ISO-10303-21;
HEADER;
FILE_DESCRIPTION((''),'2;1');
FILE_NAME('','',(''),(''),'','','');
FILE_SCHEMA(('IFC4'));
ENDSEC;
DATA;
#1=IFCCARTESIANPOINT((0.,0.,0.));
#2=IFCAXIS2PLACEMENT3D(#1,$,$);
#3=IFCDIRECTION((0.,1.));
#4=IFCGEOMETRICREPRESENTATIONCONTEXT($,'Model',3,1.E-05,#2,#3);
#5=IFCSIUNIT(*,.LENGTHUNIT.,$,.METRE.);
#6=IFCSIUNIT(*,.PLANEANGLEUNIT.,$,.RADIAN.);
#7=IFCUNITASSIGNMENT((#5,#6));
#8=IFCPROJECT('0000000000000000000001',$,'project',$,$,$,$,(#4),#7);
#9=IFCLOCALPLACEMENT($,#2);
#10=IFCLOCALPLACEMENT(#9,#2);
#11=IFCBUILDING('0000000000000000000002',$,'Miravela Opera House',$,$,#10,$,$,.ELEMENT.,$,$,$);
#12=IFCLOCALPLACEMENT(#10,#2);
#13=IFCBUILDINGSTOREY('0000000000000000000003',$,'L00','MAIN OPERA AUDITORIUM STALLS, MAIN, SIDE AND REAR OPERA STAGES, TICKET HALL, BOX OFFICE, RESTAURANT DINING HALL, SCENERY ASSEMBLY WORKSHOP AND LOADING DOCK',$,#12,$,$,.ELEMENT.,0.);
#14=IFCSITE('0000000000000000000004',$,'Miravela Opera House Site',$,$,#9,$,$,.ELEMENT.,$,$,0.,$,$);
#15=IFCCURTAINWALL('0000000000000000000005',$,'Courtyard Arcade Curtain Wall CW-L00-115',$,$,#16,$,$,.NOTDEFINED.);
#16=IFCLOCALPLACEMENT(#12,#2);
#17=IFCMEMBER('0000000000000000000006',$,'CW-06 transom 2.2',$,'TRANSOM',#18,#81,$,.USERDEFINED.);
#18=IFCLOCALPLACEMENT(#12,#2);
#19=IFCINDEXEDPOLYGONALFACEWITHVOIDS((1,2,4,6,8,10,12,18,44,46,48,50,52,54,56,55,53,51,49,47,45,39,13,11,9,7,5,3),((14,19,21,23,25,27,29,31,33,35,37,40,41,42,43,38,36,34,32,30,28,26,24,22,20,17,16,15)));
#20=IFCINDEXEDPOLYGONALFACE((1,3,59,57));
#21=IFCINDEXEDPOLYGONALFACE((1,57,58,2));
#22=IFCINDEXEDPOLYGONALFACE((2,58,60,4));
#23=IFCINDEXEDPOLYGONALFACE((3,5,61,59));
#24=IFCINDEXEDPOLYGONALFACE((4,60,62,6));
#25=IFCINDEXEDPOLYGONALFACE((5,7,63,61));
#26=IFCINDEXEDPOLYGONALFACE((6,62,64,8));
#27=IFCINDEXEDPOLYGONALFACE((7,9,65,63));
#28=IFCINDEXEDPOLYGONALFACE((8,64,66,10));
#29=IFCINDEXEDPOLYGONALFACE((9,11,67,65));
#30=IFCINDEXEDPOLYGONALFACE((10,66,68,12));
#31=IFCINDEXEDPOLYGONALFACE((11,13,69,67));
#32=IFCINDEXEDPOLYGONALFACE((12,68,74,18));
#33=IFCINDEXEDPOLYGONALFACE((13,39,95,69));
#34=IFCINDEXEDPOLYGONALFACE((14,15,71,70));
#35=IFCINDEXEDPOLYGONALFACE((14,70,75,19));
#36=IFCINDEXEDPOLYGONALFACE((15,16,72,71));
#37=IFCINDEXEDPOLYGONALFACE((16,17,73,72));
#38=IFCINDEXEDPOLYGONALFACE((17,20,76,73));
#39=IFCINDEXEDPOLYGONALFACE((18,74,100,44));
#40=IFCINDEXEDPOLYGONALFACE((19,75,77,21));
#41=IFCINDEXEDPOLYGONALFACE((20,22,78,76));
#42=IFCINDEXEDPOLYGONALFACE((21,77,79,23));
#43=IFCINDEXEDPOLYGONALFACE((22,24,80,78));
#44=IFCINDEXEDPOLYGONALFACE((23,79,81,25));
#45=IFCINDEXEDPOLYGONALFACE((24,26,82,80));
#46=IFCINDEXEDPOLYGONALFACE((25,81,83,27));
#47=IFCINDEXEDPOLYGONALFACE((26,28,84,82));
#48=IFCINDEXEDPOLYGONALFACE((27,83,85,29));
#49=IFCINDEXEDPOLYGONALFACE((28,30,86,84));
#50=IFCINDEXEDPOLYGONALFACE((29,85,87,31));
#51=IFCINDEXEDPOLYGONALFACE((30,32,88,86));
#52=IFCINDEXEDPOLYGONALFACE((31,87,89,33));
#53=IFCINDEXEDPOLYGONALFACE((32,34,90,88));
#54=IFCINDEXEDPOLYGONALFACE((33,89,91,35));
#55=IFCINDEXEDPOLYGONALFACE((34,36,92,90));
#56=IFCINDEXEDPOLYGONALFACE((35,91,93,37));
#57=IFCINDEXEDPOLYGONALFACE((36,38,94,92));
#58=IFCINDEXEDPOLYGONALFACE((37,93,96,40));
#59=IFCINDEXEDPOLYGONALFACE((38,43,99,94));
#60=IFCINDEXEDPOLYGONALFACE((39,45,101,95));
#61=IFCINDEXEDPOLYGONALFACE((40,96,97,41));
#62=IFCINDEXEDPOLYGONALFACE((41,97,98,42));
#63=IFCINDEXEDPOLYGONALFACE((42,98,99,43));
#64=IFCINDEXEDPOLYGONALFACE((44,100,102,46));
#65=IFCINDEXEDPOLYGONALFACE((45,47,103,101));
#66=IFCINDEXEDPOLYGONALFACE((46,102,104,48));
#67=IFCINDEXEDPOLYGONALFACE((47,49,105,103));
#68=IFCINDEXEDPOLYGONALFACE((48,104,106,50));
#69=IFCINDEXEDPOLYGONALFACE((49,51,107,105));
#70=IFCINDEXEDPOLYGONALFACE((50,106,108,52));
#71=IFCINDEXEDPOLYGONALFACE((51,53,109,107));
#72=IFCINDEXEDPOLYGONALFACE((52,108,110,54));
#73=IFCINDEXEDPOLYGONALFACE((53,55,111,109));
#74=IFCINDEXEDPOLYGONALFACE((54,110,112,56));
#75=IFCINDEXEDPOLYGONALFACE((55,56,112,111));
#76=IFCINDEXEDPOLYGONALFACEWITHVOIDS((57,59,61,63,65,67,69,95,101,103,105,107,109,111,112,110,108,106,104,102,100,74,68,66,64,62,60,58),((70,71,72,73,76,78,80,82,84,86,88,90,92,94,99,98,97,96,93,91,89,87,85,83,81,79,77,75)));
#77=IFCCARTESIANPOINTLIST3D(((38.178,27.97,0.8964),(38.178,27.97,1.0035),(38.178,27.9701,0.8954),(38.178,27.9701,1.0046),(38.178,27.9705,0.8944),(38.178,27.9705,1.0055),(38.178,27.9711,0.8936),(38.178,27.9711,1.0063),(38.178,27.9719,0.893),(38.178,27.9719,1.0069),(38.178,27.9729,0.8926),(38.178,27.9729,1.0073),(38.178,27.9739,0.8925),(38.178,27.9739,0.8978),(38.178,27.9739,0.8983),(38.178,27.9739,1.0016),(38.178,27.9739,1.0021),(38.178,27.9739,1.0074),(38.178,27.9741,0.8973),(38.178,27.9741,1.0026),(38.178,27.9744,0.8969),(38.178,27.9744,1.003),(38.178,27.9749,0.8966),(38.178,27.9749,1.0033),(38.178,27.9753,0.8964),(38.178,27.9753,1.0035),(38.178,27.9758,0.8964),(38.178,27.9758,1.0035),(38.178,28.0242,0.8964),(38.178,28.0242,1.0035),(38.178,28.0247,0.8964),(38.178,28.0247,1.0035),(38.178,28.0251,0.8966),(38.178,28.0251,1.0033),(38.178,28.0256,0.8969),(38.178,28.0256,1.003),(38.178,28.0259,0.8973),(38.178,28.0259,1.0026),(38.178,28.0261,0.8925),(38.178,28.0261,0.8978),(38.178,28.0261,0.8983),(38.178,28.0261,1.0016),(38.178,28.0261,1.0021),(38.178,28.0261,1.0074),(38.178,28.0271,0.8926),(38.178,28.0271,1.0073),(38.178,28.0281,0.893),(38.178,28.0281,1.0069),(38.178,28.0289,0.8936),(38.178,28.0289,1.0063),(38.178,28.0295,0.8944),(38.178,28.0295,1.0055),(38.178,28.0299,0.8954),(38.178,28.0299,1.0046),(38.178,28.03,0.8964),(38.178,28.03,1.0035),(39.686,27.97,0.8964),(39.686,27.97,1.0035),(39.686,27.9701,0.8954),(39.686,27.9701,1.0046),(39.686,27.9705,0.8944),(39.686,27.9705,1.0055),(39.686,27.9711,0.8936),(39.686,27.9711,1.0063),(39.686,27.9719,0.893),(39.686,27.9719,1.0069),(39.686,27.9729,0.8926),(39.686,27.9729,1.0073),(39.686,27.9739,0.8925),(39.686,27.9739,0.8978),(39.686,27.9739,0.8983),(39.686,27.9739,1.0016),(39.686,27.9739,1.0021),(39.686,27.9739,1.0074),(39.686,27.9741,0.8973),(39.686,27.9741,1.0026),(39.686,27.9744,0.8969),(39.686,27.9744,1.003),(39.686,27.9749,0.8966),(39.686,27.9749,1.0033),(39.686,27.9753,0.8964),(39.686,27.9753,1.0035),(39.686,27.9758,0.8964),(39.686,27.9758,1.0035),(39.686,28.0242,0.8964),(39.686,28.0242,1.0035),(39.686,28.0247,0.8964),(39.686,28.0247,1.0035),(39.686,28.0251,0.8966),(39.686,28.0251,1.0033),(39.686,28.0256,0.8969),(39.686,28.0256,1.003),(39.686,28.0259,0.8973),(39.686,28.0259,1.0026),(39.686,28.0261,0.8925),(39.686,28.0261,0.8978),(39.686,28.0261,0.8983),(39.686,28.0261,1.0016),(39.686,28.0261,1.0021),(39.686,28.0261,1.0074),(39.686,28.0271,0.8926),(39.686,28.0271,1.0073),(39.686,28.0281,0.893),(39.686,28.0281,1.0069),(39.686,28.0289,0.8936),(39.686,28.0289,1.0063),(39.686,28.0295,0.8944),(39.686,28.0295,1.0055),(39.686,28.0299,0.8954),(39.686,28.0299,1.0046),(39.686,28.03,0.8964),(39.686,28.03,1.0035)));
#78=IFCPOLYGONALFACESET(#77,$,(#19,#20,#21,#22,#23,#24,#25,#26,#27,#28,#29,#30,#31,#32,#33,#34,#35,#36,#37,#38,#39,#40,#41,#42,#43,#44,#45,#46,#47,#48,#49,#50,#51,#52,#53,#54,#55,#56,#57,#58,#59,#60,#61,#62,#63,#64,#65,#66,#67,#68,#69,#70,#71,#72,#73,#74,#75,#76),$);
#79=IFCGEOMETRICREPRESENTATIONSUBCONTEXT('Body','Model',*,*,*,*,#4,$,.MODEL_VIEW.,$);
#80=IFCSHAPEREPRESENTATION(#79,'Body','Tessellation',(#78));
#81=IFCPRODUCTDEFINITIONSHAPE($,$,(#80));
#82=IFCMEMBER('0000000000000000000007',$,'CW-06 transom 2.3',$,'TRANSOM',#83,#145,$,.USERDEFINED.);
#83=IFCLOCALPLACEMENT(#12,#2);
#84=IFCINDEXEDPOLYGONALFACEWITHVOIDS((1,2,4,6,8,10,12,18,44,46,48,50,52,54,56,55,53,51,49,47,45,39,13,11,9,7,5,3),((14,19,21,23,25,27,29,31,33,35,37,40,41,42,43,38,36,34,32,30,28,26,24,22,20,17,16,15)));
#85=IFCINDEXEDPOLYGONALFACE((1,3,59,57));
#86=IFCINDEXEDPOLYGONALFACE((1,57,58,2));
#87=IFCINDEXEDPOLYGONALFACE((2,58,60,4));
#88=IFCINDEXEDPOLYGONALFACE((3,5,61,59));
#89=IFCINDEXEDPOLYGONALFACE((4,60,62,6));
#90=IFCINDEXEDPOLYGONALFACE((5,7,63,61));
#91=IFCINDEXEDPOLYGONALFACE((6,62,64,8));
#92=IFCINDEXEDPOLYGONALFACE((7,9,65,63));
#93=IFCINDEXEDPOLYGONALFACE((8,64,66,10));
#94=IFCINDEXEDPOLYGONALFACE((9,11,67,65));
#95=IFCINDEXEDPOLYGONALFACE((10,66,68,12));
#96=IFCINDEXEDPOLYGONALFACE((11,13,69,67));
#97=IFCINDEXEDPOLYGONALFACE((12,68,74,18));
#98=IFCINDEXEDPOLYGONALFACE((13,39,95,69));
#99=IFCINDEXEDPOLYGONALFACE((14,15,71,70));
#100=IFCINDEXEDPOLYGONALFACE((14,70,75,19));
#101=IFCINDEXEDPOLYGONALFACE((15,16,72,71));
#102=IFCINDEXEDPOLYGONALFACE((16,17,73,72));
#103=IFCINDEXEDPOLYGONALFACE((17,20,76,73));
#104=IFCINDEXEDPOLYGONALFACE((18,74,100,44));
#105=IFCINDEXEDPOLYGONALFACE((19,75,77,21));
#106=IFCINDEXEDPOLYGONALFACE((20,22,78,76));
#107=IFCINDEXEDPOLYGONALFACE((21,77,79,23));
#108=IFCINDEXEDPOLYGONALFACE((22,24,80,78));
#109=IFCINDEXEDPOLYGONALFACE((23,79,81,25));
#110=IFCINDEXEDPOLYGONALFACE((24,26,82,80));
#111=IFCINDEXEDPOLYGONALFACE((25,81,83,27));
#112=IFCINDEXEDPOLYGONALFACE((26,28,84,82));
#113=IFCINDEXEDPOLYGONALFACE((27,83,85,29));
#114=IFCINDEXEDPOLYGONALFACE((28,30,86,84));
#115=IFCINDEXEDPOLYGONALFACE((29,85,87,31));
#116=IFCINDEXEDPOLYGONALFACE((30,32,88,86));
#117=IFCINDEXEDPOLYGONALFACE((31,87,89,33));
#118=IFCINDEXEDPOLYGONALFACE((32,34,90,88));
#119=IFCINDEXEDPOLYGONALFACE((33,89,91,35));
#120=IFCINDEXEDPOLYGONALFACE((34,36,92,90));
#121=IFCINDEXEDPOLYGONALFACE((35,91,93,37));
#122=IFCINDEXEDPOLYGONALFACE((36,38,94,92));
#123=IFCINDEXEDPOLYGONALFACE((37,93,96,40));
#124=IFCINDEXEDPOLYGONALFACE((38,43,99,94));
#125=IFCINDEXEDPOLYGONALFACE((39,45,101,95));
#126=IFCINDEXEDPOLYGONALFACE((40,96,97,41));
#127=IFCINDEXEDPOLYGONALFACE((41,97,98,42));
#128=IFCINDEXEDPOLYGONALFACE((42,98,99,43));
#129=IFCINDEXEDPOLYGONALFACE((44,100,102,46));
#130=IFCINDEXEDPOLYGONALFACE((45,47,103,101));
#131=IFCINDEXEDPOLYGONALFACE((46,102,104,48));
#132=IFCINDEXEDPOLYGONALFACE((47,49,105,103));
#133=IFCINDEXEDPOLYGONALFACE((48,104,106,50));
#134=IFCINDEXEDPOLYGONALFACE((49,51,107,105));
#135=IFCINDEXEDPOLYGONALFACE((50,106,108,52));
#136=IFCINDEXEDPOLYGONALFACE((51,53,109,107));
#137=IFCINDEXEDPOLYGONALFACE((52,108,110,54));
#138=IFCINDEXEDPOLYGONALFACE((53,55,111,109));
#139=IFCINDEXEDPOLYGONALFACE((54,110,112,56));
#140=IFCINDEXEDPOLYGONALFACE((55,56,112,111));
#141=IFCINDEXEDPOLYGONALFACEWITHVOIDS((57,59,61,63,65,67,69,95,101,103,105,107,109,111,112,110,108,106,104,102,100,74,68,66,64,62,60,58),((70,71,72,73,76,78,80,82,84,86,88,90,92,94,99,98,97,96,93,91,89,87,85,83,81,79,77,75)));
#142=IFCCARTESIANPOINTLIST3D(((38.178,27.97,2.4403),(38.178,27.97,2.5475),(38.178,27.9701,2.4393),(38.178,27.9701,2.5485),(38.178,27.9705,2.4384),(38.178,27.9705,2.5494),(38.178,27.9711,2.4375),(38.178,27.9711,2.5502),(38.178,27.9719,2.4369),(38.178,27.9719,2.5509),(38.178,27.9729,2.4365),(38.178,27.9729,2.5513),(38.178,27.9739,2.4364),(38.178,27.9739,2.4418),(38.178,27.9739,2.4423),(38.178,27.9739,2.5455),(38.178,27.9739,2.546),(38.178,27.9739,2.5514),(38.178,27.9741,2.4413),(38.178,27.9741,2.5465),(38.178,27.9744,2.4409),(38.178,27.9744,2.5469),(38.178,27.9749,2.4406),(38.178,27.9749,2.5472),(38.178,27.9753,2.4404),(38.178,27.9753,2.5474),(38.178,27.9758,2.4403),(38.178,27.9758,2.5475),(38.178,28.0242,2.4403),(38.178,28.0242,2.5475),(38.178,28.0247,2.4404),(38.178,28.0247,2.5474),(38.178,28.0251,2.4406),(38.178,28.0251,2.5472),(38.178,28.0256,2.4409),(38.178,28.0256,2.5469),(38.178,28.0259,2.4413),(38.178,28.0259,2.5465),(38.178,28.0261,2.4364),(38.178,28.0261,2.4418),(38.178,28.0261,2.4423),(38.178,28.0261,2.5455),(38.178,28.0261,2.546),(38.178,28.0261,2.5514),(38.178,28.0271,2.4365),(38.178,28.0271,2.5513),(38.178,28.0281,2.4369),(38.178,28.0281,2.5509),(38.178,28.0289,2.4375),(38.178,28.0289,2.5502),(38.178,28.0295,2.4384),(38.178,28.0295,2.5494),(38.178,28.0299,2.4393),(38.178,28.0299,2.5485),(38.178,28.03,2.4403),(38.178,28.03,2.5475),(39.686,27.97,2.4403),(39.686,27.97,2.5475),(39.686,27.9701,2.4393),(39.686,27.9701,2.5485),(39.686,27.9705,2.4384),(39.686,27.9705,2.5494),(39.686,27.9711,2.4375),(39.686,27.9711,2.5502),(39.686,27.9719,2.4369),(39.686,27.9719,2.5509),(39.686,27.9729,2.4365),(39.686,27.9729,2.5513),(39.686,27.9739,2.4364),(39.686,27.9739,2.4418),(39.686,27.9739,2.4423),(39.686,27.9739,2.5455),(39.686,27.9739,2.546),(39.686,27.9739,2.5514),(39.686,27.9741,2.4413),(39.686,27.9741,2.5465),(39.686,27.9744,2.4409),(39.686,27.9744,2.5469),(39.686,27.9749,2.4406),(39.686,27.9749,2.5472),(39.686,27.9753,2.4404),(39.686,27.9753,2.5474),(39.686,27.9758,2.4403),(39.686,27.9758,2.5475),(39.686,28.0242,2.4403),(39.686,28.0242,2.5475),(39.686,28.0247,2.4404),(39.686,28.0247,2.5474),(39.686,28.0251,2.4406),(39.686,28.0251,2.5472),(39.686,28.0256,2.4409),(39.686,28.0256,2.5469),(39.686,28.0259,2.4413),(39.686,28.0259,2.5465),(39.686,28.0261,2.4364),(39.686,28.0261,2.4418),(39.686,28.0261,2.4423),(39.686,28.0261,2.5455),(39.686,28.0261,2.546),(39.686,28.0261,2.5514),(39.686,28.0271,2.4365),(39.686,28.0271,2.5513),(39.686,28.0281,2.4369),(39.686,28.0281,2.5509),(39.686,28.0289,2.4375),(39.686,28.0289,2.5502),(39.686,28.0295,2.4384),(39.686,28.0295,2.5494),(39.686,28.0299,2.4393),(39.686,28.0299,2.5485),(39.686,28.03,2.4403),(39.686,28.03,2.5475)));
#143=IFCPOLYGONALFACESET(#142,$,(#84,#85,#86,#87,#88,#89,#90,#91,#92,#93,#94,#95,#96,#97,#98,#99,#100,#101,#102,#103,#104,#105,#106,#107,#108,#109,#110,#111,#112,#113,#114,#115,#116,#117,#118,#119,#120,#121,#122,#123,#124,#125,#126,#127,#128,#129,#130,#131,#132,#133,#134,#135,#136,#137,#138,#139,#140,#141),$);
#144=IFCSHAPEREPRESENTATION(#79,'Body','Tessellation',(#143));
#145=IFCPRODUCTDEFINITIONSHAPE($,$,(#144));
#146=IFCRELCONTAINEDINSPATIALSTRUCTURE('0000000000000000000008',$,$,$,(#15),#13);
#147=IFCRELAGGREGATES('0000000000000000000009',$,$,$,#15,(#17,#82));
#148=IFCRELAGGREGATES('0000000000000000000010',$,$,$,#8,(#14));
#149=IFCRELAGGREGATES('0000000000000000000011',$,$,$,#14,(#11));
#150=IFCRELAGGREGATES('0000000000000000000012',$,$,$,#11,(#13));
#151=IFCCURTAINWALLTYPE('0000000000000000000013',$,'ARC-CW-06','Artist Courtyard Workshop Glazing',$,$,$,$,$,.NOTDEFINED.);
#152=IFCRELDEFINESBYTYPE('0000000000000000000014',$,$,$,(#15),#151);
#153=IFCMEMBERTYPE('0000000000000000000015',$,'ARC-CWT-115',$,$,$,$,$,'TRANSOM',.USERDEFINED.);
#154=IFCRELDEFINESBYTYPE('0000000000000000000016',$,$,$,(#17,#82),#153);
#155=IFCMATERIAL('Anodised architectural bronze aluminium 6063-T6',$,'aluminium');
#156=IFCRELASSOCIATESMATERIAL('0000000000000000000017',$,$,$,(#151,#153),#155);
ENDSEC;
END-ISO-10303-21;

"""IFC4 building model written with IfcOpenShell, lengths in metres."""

from ifc_helpers import new_model, si_unit, direction, frame, origin, origin_2d, place, context, subcontext, project, spatial, hollow_rectangle, extrude, material, material_profile, profile_set, type_object, element, aggregate, save


model = new_model("IFC4")

# Units and contexts
model_context = context("Model", 3, precision=1e-05, world=origin(), true_north=direction((0.0, 1.0)))
body_context = subcontext(model_context, "Body", "Model", "MODEL_VIEW")
ifc_project = project(units=[si_unit("LENGTHUNIT", "METRE"), si_unit("PLANEANGLEUNIT", "RADIAN")], contexts=[model_context])

# Site, building, storey
site_placement = place(None, origin())
site = spatial("IfcSite", under=ifc_project, at=site_placement, Name="Miravela Opera House Site", CompositionType="ELEMENT", RefElevation=0.0)
building_placement = place(site_placement, origin())
building = spatial("IfcBuilding", under=site, at=building_placement, Name="Miravela Opera House", CompositionType="ELEMENT")
storey_placement = place(building_placement, origin())
storey = spatial("IfcBuildingStorey", under=building, at=storey_placement, Name="L00", Description="MAIN OPERA AUDITORIUM STALLS, MAIN, SIDE AND REAR OPERA STAGES, TICKET HALL, BOX OFFICE, RESTAURANT DINING HALL, SCENERY ASSEMBLY WORKSHOP AND LOADING DOCK", CompositionType="ELEMENT", Elevation=0.0)

# Curtain wall, members
ifc_material_1 = material(Name="Anodised architectural bronze aluminium 6063-T6", Category="aluminium")
curtain_wall_type = type_object("IfcCurtainWallType", Name="ARC-CW-06", Description="Artist Courtyard Workshop Glazing", PredefinedType="NOTDEFINED", material=ifc_material_1)
curtain_wall_placement = place(storey_placement, origin())
curtain_wall = element("IfcCurtainWall", 1, at=curtain_wall_placement, inside=storey, type_object=curtain_wall_type, Name="Courtyard Arcade Curtain Wall CW-L00-115", PredefinedType="NOTDEFINED")
ifc_material_profile_1 = material_profile(ifc_material_1, hollow_rectangle(XDim=0.0601, YDim=0.115, WallThickness=0.0039, InnerFilletRadius=0.002, OuterFilletRadius=0.0039, at=origin_2d()), Name="CWT-60X115")
ifc_profile_set_1 = profile_set([ifc_material_profile_1])
member_type_1 = type_object("IfcMemberType", Name="ARC-CWT-115", ElementType="TRANSOM", PredefinedType="USERDEFINED", material=ifc_profile_set_1)
member_1_placement = place(storey_placement, frame((38.178, 28.0, 0.95), z_axis=(1.0, 0.0, 0.0), x_axis=(0.0, 1.0, 0.0)))
member_1 = element("IfcMember", 2, at=member_1_placement, type_object=member_type_1, Name="CW-06 transom 2.2", ObjectType="TRANSOM", PredefinedType="USERDEFINED", context=body_context, shape_type="SweptSolid", body=[
    extrude(hollow_rectangle(XDim=0.0601, YDim=0.115, WallThickness=0.0039, InnerFilletRadius=0.002, OuterFilletRadius=0.0039, at=origin_2d()), origin(), (0.0, 0.0, 1.0), 1.5081),
])
member_2_placement = place(storey_placement, frame((38.178, 28.0, 2.4939), z_axis=(1.0, 0.0, 0.0), x_axis=(0.0, 1.0, 0.0)))
member_2 = element("IfcMember", 3, at=member_2_placement, type_object=member_type_1, Name="CW-06 transom 2.3", ObjectType="TRANSOM", PredefinedType="USERDEFINED", context=body_context, shape_type="SweptSolid", body=[
    extrude(hollow_rectangle(XDim=0.0601, YDim=0.115, WallThickness=0.0039, InnerFilletRadius=0.002, OuterFilletRadius=0.0039, at=origin_2d()), origin(), (0.0, 0.0, 1.0), 1.5081),
])

aggregate(curtain_wall, [member_1, member_2])

save(model, "model.ifc")
